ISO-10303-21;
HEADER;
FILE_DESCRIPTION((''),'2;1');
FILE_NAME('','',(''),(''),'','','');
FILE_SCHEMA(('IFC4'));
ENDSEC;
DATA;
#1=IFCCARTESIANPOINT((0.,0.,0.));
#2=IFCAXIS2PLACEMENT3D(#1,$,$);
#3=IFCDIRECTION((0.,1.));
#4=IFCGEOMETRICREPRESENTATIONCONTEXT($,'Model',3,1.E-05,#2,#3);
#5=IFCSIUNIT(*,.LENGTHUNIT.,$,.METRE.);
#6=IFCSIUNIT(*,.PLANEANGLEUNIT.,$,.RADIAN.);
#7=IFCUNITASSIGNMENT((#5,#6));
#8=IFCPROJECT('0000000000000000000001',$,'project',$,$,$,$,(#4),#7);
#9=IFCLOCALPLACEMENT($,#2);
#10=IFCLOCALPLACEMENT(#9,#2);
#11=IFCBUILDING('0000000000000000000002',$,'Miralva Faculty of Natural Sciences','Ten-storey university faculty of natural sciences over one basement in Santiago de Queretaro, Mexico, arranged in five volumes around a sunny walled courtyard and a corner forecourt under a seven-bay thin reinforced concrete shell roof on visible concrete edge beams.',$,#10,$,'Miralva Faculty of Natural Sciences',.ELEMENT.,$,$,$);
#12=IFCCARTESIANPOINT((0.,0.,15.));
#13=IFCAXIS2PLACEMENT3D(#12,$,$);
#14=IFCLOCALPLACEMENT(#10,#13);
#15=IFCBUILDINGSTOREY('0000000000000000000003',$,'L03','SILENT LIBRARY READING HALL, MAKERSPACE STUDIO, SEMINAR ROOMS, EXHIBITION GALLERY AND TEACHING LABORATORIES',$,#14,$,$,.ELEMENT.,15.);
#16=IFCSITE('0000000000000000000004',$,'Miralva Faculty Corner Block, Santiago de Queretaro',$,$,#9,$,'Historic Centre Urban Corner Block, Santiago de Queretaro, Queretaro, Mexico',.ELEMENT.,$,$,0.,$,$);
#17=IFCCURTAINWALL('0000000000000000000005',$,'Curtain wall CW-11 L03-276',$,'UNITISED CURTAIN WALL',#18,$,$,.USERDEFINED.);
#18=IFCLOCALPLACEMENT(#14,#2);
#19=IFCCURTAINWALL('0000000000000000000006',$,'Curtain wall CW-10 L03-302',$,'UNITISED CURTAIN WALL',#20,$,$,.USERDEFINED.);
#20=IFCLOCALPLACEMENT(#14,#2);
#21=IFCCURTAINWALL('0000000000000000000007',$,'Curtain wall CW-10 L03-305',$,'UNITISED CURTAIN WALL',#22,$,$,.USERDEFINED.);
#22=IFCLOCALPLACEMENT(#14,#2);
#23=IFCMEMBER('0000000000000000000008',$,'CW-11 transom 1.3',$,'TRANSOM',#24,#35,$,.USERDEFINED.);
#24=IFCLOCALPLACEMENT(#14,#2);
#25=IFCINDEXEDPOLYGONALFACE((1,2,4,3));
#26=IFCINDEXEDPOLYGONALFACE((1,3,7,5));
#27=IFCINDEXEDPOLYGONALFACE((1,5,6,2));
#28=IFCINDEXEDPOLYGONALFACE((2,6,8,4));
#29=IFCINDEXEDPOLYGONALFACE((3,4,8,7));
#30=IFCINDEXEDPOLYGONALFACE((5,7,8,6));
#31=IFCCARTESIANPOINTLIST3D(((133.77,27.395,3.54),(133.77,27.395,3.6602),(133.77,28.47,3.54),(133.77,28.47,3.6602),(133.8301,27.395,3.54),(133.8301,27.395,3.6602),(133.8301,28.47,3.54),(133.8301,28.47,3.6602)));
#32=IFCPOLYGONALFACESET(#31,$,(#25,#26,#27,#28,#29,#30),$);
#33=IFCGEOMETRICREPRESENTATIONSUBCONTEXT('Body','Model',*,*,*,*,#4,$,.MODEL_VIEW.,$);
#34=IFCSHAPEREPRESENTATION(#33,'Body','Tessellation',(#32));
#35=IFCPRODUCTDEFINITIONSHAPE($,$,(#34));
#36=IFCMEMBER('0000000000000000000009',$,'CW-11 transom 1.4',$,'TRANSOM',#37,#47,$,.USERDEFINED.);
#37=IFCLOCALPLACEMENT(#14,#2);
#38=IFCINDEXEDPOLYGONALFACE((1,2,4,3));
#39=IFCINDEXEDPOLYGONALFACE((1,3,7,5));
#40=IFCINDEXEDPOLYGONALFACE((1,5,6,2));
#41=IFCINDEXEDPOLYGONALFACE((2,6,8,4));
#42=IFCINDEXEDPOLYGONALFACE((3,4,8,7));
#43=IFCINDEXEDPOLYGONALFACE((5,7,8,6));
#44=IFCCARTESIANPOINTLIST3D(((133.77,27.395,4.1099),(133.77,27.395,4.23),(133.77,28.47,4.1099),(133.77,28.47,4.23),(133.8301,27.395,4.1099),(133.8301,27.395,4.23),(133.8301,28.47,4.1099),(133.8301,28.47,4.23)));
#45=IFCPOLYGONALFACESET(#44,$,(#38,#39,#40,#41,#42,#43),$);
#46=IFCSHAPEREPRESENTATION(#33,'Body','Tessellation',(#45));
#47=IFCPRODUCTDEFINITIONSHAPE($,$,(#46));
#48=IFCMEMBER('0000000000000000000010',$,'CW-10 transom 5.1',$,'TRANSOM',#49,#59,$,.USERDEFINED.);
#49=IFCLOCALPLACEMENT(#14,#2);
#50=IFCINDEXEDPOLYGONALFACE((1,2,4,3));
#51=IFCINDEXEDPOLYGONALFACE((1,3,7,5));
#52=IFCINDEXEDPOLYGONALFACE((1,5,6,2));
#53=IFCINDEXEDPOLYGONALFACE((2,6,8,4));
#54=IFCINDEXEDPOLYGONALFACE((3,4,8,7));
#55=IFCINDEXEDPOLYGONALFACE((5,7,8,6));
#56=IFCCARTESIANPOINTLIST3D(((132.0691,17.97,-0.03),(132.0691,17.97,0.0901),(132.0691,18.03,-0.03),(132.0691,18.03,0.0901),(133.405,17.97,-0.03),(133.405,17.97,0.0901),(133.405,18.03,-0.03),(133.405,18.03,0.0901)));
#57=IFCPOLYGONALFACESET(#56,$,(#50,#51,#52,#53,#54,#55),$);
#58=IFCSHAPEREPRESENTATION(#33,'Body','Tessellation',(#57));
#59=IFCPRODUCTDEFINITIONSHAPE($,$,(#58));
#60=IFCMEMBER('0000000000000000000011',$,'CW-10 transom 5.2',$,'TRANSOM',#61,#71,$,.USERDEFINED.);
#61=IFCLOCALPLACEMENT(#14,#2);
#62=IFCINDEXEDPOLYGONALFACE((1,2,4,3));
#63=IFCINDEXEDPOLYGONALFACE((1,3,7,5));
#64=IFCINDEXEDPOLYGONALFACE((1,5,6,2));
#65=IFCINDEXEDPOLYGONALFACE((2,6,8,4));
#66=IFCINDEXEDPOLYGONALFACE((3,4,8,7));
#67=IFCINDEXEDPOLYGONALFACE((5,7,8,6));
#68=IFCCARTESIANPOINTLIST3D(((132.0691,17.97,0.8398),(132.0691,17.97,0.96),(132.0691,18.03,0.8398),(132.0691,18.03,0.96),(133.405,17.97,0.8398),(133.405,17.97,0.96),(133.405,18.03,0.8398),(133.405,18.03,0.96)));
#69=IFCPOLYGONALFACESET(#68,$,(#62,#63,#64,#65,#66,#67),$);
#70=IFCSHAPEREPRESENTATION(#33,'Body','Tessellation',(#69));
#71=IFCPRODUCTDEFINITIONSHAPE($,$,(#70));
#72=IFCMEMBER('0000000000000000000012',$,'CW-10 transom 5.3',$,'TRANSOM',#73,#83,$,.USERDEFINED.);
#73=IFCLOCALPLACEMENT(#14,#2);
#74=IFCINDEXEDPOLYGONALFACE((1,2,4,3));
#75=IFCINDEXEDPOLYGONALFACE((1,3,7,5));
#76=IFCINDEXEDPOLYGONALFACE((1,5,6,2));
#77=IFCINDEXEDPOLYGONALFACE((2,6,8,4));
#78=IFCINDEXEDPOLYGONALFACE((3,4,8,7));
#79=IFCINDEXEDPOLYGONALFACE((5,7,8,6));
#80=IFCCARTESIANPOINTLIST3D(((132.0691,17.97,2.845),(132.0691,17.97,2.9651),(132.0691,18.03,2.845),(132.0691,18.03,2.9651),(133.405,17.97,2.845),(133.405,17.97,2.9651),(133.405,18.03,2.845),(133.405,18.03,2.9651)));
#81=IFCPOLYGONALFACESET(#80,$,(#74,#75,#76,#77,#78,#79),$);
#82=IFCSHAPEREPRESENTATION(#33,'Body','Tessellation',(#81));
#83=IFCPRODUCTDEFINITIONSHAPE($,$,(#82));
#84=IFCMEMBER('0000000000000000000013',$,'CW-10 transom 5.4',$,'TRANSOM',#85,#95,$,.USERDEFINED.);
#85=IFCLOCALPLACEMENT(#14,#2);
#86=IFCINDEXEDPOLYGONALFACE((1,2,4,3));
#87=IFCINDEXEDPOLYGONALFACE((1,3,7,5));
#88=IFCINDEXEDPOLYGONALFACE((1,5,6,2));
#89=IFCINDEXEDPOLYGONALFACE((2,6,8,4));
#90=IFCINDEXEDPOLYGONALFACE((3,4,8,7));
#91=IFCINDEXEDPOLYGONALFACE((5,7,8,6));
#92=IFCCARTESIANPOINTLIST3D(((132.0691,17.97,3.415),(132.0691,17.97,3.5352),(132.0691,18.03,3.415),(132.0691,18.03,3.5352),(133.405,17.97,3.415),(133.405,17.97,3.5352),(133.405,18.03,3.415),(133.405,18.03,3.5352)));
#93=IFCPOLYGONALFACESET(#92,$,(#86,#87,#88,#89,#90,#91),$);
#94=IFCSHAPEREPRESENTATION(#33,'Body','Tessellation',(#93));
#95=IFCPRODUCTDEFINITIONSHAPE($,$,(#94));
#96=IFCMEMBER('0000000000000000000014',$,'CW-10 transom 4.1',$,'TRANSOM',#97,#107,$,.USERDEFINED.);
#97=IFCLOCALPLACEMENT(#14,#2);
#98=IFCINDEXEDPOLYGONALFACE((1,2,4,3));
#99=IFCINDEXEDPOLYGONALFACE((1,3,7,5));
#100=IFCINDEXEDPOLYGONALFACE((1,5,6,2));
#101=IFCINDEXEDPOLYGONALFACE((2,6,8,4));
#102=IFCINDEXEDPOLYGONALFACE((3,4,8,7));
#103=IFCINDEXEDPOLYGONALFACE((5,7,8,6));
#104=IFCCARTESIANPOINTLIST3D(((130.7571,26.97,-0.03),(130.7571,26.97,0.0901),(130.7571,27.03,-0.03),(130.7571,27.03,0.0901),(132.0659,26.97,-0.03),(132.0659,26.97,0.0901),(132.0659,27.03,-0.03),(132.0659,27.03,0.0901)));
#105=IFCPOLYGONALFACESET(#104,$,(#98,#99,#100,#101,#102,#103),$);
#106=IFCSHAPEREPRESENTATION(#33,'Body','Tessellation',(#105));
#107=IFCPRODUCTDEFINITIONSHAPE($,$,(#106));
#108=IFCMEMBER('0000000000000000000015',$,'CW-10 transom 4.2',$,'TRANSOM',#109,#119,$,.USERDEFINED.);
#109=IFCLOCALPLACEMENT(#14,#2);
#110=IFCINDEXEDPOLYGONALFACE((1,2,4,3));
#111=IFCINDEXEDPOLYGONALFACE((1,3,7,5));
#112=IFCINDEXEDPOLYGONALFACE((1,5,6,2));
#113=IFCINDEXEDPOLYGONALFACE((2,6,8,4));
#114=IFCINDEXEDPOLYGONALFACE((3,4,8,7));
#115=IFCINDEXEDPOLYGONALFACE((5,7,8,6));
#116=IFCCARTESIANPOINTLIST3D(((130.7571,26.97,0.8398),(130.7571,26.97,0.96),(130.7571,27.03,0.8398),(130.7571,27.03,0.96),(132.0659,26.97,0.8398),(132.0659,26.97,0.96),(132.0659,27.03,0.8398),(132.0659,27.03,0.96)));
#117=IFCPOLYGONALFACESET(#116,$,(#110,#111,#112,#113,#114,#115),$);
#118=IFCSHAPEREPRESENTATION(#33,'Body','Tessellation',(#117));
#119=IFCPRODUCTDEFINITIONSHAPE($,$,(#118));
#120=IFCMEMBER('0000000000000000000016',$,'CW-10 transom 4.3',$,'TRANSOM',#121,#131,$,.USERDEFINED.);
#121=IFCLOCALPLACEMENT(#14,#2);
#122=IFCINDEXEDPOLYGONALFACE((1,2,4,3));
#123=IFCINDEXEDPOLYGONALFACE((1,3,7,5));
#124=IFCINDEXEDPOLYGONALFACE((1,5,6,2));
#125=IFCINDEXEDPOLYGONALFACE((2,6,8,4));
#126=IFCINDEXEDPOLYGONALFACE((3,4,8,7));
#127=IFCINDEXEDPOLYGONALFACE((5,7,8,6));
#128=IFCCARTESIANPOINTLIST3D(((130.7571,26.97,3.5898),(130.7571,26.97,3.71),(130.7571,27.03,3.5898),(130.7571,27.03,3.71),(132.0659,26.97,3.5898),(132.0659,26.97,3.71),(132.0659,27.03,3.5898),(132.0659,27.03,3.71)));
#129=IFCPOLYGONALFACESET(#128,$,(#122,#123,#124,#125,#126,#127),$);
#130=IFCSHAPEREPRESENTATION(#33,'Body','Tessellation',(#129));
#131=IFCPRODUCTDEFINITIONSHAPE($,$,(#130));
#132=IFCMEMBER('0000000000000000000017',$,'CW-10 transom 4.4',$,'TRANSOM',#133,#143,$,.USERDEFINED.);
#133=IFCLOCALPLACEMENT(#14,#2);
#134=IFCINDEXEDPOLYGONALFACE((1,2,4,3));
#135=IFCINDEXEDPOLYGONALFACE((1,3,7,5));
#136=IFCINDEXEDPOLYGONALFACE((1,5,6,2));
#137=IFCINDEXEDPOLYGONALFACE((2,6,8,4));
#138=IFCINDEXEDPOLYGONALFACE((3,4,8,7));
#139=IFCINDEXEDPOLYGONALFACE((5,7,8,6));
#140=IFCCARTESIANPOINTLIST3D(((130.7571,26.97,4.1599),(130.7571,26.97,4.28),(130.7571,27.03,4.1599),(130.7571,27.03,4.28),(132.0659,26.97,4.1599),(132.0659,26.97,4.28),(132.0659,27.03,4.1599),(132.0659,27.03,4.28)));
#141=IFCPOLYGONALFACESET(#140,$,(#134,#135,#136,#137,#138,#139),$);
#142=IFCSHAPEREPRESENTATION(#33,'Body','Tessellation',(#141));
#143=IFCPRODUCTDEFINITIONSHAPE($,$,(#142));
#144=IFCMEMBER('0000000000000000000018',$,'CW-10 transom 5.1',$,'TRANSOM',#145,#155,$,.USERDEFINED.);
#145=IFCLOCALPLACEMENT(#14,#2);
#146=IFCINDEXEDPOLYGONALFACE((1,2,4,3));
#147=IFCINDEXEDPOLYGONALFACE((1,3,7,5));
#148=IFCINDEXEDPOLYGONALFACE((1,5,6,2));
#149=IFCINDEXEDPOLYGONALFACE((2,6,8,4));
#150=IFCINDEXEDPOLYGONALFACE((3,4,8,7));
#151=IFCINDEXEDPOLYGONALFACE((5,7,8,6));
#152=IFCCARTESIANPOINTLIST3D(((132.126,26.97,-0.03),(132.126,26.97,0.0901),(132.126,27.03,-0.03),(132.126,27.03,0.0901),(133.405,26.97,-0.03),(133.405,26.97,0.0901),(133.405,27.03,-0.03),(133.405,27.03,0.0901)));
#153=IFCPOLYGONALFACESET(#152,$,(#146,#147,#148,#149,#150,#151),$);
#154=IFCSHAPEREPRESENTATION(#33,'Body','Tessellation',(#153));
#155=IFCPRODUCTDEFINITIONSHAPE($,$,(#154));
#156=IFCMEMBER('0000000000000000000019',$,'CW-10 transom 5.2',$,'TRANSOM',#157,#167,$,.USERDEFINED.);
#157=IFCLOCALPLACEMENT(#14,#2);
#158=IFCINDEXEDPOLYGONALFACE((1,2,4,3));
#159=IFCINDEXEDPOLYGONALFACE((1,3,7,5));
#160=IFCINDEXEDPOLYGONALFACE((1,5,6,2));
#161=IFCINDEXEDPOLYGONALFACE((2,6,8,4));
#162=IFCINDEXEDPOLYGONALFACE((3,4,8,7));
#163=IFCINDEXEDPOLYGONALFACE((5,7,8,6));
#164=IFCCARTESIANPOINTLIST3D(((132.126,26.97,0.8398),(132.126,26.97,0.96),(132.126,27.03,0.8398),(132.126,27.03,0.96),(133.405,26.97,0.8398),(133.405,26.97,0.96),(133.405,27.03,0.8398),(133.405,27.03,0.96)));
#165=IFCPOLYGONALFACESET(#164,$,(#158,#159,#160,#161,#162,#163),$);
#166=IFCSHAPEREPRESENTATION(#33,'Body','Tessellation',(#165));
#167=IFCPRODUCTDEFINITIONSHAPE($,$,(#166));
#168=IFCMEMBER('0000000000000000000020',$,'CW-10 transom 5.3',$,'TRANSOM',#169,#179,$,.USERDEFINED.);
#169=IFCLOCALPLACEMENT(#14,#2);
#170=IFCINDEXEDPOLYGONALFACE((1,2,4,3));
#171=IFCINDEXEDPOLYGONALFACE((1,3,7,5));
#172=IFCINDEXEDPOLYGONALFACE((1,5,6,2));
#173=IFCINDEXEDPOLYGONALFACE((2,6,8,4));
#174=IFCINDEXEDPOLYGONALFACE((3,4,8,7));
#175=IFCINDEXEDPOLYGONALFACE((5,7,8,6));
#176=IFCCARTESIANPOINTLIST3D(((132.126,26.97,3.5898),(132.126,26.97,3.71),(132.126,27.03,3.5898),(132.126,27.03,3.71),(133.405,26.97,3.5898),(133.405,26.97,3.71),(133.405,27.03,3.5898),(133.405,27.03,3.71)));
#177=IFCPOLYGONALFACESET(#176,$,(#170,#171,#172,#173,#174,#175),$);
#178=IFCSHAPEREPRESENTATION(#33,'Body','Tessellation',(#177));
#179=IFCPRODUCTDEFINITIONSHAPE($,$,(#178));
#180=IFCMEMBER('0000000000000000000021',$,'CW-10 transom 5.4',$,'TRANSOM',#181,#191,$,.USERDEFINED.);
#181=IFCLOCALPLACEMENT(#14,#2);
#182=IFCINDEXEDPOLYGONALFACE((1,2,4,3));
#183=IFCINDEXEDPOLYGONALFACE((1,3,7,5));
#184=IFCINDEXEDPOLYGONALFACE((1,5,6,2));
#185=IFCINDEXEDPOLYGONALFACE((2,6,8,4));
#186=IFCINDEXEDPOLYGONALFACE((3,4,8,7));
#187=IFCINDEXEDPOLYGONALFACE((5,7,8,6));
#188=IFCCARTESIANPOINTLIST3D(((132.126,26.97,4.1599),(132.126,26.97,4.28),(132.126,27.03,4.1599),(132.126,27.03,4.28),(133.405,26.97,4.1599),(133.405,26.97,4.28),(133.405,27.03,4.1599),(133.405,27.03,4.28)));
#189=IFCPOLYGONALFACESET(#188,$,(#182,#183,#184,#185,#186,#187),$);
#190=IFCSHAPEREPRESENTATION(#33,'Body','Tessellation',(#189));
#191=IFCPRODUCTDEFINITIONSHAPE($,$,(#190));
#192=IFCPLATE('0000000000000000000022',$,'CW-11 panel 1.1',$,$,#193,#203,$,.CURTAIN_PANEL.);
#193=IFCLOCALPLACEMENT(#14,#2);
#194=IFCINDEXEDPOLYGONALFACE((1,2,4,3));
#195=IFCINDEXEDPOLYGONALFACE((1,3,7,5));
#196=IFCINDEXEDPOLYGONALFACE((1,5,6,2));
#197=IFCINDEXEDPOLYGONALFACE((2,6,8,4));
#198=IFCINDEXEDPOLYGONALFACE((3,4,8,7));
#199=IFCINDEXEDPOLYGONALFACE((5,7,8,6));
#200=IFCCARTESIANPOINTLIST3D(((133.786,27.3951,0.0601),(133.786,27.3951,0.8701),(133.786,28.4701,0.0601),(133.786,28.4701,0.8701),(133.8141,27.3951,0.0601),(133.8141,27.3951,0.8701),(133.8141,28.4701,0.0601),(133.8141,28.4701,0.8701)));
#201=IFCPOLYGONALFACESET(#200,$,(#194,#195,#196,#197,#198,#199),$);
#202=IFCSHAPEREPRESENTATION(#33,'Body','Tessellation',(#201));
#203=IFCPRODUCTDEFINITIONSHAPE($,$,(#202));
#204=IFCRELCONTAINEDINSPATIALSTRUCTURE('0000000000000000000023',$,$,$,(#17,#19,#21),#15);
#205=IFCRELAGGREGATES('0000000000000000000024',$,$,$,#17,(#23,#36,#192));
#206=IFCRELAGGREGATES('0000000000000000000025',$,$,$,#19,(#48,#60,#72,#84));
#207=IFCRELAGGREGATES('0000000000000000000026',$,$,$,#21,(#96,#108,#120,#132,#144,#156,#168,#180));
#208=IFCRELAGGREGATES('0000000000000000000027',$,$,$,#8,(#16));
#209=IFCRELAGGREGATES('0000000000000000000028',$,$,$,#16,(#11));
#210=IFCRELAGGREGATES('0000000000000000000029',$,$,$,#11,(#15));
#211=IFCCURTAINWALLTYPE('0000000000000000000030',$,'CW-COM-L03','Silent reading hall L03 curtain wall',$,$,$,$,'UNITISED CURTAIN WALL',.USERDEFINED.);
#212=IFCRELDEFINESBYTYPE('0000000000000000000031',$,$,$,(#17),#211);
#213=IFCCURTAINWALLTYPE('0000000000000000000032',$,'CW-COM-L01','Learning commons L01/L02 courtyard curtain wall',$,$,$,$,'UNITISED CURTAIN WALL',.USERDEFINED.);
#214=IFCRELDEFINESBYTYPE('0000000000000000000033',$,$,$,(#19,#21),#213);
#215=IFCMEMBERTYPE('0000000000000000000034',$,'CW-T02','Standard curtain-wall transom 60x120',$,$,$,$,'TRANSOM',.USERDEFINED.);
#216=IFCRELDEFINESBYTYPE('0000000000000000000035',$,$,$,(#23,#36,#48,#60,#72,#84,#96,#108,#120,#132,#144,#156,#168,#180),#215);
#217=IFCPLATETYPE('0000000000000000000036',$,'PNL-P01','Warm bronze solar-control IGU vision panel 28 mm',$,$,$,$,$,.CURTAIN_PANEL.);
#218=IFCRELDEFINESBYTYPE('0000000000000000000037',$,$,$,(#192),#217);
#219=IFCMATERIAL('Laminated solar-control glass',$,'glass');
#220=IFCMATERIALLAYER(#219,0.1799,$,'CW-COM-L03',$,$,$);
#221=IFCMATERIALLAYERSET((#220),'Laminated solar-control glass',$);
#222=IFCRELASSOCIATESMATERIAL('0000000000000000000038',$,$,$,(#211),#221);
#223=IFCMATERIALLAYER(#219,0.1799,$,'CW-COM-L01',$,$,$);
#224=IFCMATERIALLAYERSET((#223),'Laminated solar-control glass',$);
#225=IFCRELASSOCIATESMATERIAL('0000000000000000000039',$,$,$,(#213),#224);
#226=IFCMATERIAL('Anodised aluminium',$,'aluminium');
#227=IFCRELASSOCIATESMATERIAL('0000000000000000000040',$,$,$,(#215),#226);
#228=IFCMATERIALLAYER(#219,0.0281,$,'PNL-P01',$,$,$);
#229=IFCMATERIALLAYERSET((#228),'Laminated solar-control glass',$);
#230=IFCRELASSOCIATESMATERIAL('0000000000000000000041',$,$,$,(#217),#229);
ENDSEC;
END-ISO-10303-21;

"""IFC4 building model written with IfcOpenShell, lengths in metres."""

from ifc_helpers import new_model, si_unit, direction, frame, origin, origin_2d, place, context, subcontext, project, spatial, rectangle, extrude, material, layer, layer_set, material_profile, profile_set, type_object, element, aggregate, save


model = new_model("IFC4")

# Units and contexts
model_context = context("Model", 3, precision=1e-05, world=origin(), true_north=direction((0.0, 1.0)))
body_context = subcontext(model_context, "Body", "Model", "MODEL_VIEW")
ifc_project = project(units=[si_unit("LENGTHUNIT", "METRE"), si_unit("PLANEANGLEUNIT", "RADIAN")], contexts=[model_context])

# Site, building, storey
site_placement = place(None, origin())
site = spatial("IfcSite", under=ifc_project, at=site_placement, Name="Miralva Faculty Corner Block, Santiago de Queretaro", LongName="Historic Centre Urban Corner Block, Santiago de Queretaro, Queretaro, Mexico", CompositionType="ELEMENT", RefElevation=0.0)
building_placement = place(site_placement, origin())
building = spatial("IfcBuilding", under=site, at=building_placement, Name="Miralva Faculty of Natural Sciences", Description="Ten-storey university faculty of natural sciences over one basement in Santiago de Queretaro, Mexico, arranged in five volumes around a sunny walled courtyard and a corner forecourt under a seven-bay thin reinforced concrete shell roof on visible concrete edge beams.", LongName="Miralva Faculty of Natural Sciences", CompositionType="ELEMENT")
storey_placement = place(building_placement, frame((0.0, 0.0, 15.0)))
storey = spatial("IfcBuildingStorey", under=building, at=storey_placement, Name="L03", Description="SILENT LIBRARY READING HALL, MAKERSPACE STUDIO, SEMINAR ROOMS, EXHIBITION GALLERY AND TEACHING LABORATORIES", CompositionType="ELEMENT", Elevation=15.0)

# Curtain wall
ifc_material_1 = material(Name="Laminated solar-control glass", Category="glass")
ifc_layer_1 = layer(ifc_material_1, 0.1799, Name="CW-COM-L03")
ifc_layer_set_1 = layer_set([ifc_layer_1], Name="Laminated solar-control glass")
curtain_wall_type_1 = type_object("IfcCurtainWallType", Name="CW-COM-L03", Description="Silent reading hall L03 curtain wall", ElementType="UNITISED CURTAIN WALL", PredefinedType="USERDEFINED", material=ifc_layer_set_1)
curtain_wall_1_placement = place(storey_placement, origin())
curtain_wall_1 = element("IfcCurtainWall", 1, at=curtain_wall_1_placement, inside=storey, type_object=curtain_wall_type_1, Name="Curtain wall CW-11 L03-276", ObjectType="UNITISED CURTAIN WALL", PredefinedType="USERDEFINED")
ifc_material_2 = material(Name="Anodised aluminium", Category="aluminium")

# Curtain walls
ifc_layer_2 = layer(ifc_material_1, 0.1799, Name="CW-COM-L01")
ifc_layer_set_2 = layer_set([ifc_layer_2], Name="Laminated solar-control glass")
curtain_wall_type_2 = type_object("IfcCurtainWallType", Name="CW-COM-L01", Description="Learning commons L01/L02 courtyard curtain wall", ElementType="UNITISED CURTAIN WALL", PredefinedType="USERDEFINED", material=ifc_layer_set_2)
curtain_wall_2_placement = place(storey_placement, origin())
curtain_wall_2 = element("IfcCurtainWall", 2, at=curtain_wall_2_placement, inside=storey, type_object=curtain_wall_type_2, Name="Curtain wall CW-10 L03-302", ObjectType="UNITISED CURTAIN WALL", PredefinedType="USERDEFINED")
curtain_wall_3_placement = place(storey_placement, origin())
curtain_wall_3 = element("IfcCurtainWall", 3, at=curtain_wall_3_placement, inside=storey, type_object=curtain_wall_type_2, Name="Curtain wall CW-10 L03-305", ObjectType="UNITISED CURTAIN WALL", PredefinedType="USERDEFINED")

# Members
ifc_material_profile_1 = material_profile(ifc_material_2, rectangle(XDim=0.0601, YDim=0.1201, at=origin_2d()), Name="TRANSOM 60x120")
ifc_profile_set_1 = profile_set([ifc_material_profile_1], Name="Anodised aluminium")
member_type_1 = type_object("IfcMemberType", Name="CW-T02", Description="Standard curtain-wall transom 60x120", ElementType="TRANSOM", PredefinedType="USERDEFINED", material=ifc_profile_set_1)
member_1_placement = place(storey_placement, frame((133.8, 27.395, 3.6001), z_axis=(0.0, 1.0, 0.0), x_axis=(-1.0, 0.0, 0.0)))
member_1 = element("IfcMember", 4, at=member_1_placement, type_object=member_type_1, Name="CW-11 transom 1.3", ObjectType="TRANSOM", PredefinedType="USERDEFINED", context=body_context, shape_type="SweptSolid", body=[
    extrude(rectangle(XDim=0.0601, YDim=0.1201, at=origin_2d()), origin(), (0.0, 0.0, 1.0), 1.075),
])
member_2_placement = place(storey_placement, frame((133.8, 27.395, 4.1699), z_axis=(0.0, 1.0, 0.0), x_axis=(-1.0, 0.0, 0.0)))
member_2 = element("IfcMember", 5, at=member_2_placement, type_object=member_type_1, Name="CW-11 transom 1.4", ObjectType="TRANSOM", PredefinedType="USERDEFINED", context=body_context, shape_type="SweptSolid", body=[
    extrude(rectangle(XDim=0.0601, YDim=0.1201, at=origin_2d()), origin(), (0.0, 0.0, 1.0), 1.075),
])
member_3_placement = place(storey_placement, frame((132.0691, 18.0, 0.03), z_axis=(1.0, 0.0, 0.0), x_axis=(0.0, 1.0, 0.0)))
member_3 = element("IfcMember", 6, at=member_3_placement, type_object=member_type_1, Name="CW-10 transom 5.1", ObjectType="TRANSOM", PredefinedType="USERDEFINED", context=body_context, shape_type="SweptSolid", body=[
    extrude(rectangle(XDim=0.0601, YDim=0.1201, at=origin_2d()), origin(), (0.0, 0.0, 1.0), 1.3359),
])
member_4_placement = place(storey_placement, frame((132.0691, 18.0, 0.8999), z_axis=(1.0, 0.0, 0.0), x_axis=(0.0, 1.0, 0.0)))
member_4 = element("IfcMember", 7, at=member_4_placement, type_object=member_type_1, Name="CW-10 transom 5.2", ObjectType="TRANSOM", PredefinedType="USERDEFINED", context=body_context, shape_type="SweptSolid", body=[
    extrude(rectangle(XDim=0.0601, YDim=0.1201, at=origin_2d()), origin(), (0.0, 0.0, 1.0), 1.3359),
])
member_5_placement = place(storey_placement, frame((132.0691, 18.0, 2.905), z_axis=(1.0, 0.0, 0.0), x_axis=(0.0, 1.0, 0.0)))
member_5 = element("IfcMember", 8, at=member_5_placement, type_object=member_type_1, Name="CW-10 transom 5.3", ObjectType="TRANSOM", PredefinedType="USERDEFINED", context=body_context, shape_type="SweptSolid", body=[
    extrude(rectangle(XDim=0.0601, YDim=0.1201, at=origin_2d()), origin(), (0.0, 0.0, 1.0), 1.3359),
])
member_6_placement = place(storey_placement, frame((132.0691, 18.0, 3.4751), z_axis=(1.0, 0.0, 0.0), x_axis=(0.0, 1.0, 0.0)))
member_6 = element("IfcMember", 9, at=member_6_placement, type_object=member_type_1, Name="CW-10 transom 5.4", ObjectType="TRANSOM", PredefinedType="USERDEFINED", context=body_context, shape_type="SweptSolid", body=[
    extrude(rectangle(XDim=0.0601, YDim=0.1201, at=origin_2d()), origin(), (0.0, 0.0, 1.0), 1.3359),
])
member_7_placement = place(storey_placement, frame((130.7571, 27.0, 0.03), z_axis=(1.0, 0.0, 0.0), x_axis=(0.0, 1.0, 0.0)))
member_7 = element("IfcMember", 10, at=member_7_placement, type_object=member_type_1, Name="CW-10 transom 4.1", ObjectType="TRANSOM", PredefinedType="USERDEFINED", context=body_context, shape_type="SweptSolid", body=[
    extrude(rectangle(XDim=0.0601, YDim=0.1201, at=origin_2d()), origin(), (0.0, 0.0, 1.0), 1.3088),
])
member_8_placement = place(storey_placement, frame((130.7571, 27.0, 0.8999), z_axis=(1.0, 0.0, 0.0), x_axis=(0.0, 1.0, 0.0)))
member_8 = element("IfcMember", 11, at=member_8_placement, type_object=member_type_1, Name="CW-10 transom 4.2", ObjectType="TRANSOM", PredefinedType="USERDEFINED", context=body_context, shape_type="SweptSolid", body=[
    extrude(rectangle(XDim=0.0601, YDim=0.1201, at=origin_2d()), origin(), (0.0, 0.0, 1.0), 1.3088),
])
member_9_placement = place(storey_placement, frame((130.7571, 27.0, 3.6499), z_axis=(1.0, 0.0, 0.0), x_axis=(0.0, 1.0, 0.0)))
member_9 = element("IfcMember", 12, at=member_9_placement, type_object=member_type_1, Name="CW-10 transom 4.3", ObjectType="TRANSOM", PredefinedType="USERDEFINED", context=body_context, shape_type="SweptSolid", body=[
    extrude(rectangle(XDim=0.0601, YDim=0.1201, at=origin_2d()), origin(), (0.0, 0.0, 1.0), 1.3088),
])
member_10_placement = place(storey_placement, frame((130.7571, 27.0, 4.22), z_axis=(1.0, 0.0, 0.0), x_axis=(0.0, 1.0, 0.0)))
member_10 = element("IfcMember", 13, at=member_10_placement, type_object=member_type_1, Name="CW-10 transom 4.4", ObjectType="TRANSOM", PredefinedType="USERDEFINED", context=body_context, shape_type="SweptSolid", body=[
    extrude(rectangle(XDim=0.0601, YDim=0.1201, at=origin_2d()), origin(), (0.0, 0.0, 1.0), 1.3088),
])
member_11_placement = place(storey_placement, frame((132.126, 27.0, 0.03), z_axis=(1.0, 0.0, 0.0), x_axis=(0.0, 1.0, 0.0)))
member_11 = element("IfcMember", 14, at=member_11_placement, type_object=member_type_1, Name="CW-10 transom 5.1", ObjectType="TRANSOM", PredefinedType="USERDEFINED", context=body_context, shape_type="SweptSolid", body=[
    extrude(rectangle(XDim=0.0601, YDim=0.1201, at=origin_2d()), origin(), (0.0, 0.0, 1.0), 1.2791),
])
member_12_placement = place(storey_placement, frame((132.126, 27.0, 0.8999), z_axis=(1.0, 0.0, 0.0), x_axis=(0.0, 1.0, 0.0)))
member_12 = element("IfcMember", 15, at=member_12_placement, type_object=member_type_1, Name="CW-10 transom 5.2", ObjectType="TRANSOM", PredefinedType="USERDEFINED", context=body_context, shape_type="SweptSolid", body=[
    extrude(rectangle(XDim=0.0601, YDim=0.1201, at=origin_2d()), origin(), (0.0, 0.0, 1.0), 1.2791),
])
member_13_placement = place(storey_placement, frame((132.126, 27.0, 3.6499), z_axis=(1.0, 0.0, 0.0), x_axis=(0.0, 1.0, 0.0)))
member_13 = element("IfcMember", 16, at=member_13_placement, type_object=member_type_1, Name="CW-10 transom 5.3", ObjectType="TRANSOM", PredefinedType="USERDEFINED", context=body_context, shape_type="SweptSolid", body=[
    extrude(rectangle(XDim=0.0601, YDim=0.1201, at=origin_2d()), origin(), (0.0, 0.0, 1.0), 1.2791),
])
member_14_placement = place(storey_placement, frame((132.126, 27.0, 4.22), z_axis=(1.0, 0.0, 0.0), x_axis=(0.0, 1.0, 0.0)))
member_14 = element("IfcMember", 17, at=member_14_placement, type_object=member_type_1, Name="CW-10 transom 5.4", ObjectType="TRANSOM", PredefinedType="USERDEFINED", context=body_context, shape_type="SweptSolid", body=[
    extrude(rectangle(XDim=0.0601, YDim=0.1201, at=origin_2d()), origin(), (0.0, 0.0, 1.0), 1.2791),
])

# Plate
ifc_layer_3 = layer(ifc_material_1, 0.0281, Name="PNL-P01")
ifc_layer_set_3 = layer_set([ifc_layer_3], Name="Laminated solar-control glass")
plate_type = type_object("IfcPlateType", Name="PNL-P01", Description="Warm bronze solar-control IGU vision panel 28 mm", PredefinedType="CURTAIN_PANEL", material=ifc_layer_set_3)
plate_1_placement = place(storey_placement, frame((133.8, 27.9326, 0.0601), z_axis=(0.0, 0.0, 1.0), x_axis=(0.0, 1.0, 0.0)))
plate_1 = element("IfcPlate", 18, at=plate_1_placement, type_object=plate_type, Name="CW-11 panel 1.1", PredefinedType="CURTAIN_PANEL", context=body_context, shape_type="SweptSolid", body=[
    extrude(rectangle(XDim=1.075, YDim=0.0281, at=origin_2d()), origin(), (0.0, 0.0, 1.0), 0.8101),
])
aggregate(curtain_wall_1, [member_1, member_2, plate_1])
aggregate(curtain_wall_2, [member_3, member_4, member_5, member_6])
aggregate(curtain_wall_3, [member_7, member_8, member_9, member_10, member_11, member_12, member_13, member_14])

save(model, "model.ifc")
